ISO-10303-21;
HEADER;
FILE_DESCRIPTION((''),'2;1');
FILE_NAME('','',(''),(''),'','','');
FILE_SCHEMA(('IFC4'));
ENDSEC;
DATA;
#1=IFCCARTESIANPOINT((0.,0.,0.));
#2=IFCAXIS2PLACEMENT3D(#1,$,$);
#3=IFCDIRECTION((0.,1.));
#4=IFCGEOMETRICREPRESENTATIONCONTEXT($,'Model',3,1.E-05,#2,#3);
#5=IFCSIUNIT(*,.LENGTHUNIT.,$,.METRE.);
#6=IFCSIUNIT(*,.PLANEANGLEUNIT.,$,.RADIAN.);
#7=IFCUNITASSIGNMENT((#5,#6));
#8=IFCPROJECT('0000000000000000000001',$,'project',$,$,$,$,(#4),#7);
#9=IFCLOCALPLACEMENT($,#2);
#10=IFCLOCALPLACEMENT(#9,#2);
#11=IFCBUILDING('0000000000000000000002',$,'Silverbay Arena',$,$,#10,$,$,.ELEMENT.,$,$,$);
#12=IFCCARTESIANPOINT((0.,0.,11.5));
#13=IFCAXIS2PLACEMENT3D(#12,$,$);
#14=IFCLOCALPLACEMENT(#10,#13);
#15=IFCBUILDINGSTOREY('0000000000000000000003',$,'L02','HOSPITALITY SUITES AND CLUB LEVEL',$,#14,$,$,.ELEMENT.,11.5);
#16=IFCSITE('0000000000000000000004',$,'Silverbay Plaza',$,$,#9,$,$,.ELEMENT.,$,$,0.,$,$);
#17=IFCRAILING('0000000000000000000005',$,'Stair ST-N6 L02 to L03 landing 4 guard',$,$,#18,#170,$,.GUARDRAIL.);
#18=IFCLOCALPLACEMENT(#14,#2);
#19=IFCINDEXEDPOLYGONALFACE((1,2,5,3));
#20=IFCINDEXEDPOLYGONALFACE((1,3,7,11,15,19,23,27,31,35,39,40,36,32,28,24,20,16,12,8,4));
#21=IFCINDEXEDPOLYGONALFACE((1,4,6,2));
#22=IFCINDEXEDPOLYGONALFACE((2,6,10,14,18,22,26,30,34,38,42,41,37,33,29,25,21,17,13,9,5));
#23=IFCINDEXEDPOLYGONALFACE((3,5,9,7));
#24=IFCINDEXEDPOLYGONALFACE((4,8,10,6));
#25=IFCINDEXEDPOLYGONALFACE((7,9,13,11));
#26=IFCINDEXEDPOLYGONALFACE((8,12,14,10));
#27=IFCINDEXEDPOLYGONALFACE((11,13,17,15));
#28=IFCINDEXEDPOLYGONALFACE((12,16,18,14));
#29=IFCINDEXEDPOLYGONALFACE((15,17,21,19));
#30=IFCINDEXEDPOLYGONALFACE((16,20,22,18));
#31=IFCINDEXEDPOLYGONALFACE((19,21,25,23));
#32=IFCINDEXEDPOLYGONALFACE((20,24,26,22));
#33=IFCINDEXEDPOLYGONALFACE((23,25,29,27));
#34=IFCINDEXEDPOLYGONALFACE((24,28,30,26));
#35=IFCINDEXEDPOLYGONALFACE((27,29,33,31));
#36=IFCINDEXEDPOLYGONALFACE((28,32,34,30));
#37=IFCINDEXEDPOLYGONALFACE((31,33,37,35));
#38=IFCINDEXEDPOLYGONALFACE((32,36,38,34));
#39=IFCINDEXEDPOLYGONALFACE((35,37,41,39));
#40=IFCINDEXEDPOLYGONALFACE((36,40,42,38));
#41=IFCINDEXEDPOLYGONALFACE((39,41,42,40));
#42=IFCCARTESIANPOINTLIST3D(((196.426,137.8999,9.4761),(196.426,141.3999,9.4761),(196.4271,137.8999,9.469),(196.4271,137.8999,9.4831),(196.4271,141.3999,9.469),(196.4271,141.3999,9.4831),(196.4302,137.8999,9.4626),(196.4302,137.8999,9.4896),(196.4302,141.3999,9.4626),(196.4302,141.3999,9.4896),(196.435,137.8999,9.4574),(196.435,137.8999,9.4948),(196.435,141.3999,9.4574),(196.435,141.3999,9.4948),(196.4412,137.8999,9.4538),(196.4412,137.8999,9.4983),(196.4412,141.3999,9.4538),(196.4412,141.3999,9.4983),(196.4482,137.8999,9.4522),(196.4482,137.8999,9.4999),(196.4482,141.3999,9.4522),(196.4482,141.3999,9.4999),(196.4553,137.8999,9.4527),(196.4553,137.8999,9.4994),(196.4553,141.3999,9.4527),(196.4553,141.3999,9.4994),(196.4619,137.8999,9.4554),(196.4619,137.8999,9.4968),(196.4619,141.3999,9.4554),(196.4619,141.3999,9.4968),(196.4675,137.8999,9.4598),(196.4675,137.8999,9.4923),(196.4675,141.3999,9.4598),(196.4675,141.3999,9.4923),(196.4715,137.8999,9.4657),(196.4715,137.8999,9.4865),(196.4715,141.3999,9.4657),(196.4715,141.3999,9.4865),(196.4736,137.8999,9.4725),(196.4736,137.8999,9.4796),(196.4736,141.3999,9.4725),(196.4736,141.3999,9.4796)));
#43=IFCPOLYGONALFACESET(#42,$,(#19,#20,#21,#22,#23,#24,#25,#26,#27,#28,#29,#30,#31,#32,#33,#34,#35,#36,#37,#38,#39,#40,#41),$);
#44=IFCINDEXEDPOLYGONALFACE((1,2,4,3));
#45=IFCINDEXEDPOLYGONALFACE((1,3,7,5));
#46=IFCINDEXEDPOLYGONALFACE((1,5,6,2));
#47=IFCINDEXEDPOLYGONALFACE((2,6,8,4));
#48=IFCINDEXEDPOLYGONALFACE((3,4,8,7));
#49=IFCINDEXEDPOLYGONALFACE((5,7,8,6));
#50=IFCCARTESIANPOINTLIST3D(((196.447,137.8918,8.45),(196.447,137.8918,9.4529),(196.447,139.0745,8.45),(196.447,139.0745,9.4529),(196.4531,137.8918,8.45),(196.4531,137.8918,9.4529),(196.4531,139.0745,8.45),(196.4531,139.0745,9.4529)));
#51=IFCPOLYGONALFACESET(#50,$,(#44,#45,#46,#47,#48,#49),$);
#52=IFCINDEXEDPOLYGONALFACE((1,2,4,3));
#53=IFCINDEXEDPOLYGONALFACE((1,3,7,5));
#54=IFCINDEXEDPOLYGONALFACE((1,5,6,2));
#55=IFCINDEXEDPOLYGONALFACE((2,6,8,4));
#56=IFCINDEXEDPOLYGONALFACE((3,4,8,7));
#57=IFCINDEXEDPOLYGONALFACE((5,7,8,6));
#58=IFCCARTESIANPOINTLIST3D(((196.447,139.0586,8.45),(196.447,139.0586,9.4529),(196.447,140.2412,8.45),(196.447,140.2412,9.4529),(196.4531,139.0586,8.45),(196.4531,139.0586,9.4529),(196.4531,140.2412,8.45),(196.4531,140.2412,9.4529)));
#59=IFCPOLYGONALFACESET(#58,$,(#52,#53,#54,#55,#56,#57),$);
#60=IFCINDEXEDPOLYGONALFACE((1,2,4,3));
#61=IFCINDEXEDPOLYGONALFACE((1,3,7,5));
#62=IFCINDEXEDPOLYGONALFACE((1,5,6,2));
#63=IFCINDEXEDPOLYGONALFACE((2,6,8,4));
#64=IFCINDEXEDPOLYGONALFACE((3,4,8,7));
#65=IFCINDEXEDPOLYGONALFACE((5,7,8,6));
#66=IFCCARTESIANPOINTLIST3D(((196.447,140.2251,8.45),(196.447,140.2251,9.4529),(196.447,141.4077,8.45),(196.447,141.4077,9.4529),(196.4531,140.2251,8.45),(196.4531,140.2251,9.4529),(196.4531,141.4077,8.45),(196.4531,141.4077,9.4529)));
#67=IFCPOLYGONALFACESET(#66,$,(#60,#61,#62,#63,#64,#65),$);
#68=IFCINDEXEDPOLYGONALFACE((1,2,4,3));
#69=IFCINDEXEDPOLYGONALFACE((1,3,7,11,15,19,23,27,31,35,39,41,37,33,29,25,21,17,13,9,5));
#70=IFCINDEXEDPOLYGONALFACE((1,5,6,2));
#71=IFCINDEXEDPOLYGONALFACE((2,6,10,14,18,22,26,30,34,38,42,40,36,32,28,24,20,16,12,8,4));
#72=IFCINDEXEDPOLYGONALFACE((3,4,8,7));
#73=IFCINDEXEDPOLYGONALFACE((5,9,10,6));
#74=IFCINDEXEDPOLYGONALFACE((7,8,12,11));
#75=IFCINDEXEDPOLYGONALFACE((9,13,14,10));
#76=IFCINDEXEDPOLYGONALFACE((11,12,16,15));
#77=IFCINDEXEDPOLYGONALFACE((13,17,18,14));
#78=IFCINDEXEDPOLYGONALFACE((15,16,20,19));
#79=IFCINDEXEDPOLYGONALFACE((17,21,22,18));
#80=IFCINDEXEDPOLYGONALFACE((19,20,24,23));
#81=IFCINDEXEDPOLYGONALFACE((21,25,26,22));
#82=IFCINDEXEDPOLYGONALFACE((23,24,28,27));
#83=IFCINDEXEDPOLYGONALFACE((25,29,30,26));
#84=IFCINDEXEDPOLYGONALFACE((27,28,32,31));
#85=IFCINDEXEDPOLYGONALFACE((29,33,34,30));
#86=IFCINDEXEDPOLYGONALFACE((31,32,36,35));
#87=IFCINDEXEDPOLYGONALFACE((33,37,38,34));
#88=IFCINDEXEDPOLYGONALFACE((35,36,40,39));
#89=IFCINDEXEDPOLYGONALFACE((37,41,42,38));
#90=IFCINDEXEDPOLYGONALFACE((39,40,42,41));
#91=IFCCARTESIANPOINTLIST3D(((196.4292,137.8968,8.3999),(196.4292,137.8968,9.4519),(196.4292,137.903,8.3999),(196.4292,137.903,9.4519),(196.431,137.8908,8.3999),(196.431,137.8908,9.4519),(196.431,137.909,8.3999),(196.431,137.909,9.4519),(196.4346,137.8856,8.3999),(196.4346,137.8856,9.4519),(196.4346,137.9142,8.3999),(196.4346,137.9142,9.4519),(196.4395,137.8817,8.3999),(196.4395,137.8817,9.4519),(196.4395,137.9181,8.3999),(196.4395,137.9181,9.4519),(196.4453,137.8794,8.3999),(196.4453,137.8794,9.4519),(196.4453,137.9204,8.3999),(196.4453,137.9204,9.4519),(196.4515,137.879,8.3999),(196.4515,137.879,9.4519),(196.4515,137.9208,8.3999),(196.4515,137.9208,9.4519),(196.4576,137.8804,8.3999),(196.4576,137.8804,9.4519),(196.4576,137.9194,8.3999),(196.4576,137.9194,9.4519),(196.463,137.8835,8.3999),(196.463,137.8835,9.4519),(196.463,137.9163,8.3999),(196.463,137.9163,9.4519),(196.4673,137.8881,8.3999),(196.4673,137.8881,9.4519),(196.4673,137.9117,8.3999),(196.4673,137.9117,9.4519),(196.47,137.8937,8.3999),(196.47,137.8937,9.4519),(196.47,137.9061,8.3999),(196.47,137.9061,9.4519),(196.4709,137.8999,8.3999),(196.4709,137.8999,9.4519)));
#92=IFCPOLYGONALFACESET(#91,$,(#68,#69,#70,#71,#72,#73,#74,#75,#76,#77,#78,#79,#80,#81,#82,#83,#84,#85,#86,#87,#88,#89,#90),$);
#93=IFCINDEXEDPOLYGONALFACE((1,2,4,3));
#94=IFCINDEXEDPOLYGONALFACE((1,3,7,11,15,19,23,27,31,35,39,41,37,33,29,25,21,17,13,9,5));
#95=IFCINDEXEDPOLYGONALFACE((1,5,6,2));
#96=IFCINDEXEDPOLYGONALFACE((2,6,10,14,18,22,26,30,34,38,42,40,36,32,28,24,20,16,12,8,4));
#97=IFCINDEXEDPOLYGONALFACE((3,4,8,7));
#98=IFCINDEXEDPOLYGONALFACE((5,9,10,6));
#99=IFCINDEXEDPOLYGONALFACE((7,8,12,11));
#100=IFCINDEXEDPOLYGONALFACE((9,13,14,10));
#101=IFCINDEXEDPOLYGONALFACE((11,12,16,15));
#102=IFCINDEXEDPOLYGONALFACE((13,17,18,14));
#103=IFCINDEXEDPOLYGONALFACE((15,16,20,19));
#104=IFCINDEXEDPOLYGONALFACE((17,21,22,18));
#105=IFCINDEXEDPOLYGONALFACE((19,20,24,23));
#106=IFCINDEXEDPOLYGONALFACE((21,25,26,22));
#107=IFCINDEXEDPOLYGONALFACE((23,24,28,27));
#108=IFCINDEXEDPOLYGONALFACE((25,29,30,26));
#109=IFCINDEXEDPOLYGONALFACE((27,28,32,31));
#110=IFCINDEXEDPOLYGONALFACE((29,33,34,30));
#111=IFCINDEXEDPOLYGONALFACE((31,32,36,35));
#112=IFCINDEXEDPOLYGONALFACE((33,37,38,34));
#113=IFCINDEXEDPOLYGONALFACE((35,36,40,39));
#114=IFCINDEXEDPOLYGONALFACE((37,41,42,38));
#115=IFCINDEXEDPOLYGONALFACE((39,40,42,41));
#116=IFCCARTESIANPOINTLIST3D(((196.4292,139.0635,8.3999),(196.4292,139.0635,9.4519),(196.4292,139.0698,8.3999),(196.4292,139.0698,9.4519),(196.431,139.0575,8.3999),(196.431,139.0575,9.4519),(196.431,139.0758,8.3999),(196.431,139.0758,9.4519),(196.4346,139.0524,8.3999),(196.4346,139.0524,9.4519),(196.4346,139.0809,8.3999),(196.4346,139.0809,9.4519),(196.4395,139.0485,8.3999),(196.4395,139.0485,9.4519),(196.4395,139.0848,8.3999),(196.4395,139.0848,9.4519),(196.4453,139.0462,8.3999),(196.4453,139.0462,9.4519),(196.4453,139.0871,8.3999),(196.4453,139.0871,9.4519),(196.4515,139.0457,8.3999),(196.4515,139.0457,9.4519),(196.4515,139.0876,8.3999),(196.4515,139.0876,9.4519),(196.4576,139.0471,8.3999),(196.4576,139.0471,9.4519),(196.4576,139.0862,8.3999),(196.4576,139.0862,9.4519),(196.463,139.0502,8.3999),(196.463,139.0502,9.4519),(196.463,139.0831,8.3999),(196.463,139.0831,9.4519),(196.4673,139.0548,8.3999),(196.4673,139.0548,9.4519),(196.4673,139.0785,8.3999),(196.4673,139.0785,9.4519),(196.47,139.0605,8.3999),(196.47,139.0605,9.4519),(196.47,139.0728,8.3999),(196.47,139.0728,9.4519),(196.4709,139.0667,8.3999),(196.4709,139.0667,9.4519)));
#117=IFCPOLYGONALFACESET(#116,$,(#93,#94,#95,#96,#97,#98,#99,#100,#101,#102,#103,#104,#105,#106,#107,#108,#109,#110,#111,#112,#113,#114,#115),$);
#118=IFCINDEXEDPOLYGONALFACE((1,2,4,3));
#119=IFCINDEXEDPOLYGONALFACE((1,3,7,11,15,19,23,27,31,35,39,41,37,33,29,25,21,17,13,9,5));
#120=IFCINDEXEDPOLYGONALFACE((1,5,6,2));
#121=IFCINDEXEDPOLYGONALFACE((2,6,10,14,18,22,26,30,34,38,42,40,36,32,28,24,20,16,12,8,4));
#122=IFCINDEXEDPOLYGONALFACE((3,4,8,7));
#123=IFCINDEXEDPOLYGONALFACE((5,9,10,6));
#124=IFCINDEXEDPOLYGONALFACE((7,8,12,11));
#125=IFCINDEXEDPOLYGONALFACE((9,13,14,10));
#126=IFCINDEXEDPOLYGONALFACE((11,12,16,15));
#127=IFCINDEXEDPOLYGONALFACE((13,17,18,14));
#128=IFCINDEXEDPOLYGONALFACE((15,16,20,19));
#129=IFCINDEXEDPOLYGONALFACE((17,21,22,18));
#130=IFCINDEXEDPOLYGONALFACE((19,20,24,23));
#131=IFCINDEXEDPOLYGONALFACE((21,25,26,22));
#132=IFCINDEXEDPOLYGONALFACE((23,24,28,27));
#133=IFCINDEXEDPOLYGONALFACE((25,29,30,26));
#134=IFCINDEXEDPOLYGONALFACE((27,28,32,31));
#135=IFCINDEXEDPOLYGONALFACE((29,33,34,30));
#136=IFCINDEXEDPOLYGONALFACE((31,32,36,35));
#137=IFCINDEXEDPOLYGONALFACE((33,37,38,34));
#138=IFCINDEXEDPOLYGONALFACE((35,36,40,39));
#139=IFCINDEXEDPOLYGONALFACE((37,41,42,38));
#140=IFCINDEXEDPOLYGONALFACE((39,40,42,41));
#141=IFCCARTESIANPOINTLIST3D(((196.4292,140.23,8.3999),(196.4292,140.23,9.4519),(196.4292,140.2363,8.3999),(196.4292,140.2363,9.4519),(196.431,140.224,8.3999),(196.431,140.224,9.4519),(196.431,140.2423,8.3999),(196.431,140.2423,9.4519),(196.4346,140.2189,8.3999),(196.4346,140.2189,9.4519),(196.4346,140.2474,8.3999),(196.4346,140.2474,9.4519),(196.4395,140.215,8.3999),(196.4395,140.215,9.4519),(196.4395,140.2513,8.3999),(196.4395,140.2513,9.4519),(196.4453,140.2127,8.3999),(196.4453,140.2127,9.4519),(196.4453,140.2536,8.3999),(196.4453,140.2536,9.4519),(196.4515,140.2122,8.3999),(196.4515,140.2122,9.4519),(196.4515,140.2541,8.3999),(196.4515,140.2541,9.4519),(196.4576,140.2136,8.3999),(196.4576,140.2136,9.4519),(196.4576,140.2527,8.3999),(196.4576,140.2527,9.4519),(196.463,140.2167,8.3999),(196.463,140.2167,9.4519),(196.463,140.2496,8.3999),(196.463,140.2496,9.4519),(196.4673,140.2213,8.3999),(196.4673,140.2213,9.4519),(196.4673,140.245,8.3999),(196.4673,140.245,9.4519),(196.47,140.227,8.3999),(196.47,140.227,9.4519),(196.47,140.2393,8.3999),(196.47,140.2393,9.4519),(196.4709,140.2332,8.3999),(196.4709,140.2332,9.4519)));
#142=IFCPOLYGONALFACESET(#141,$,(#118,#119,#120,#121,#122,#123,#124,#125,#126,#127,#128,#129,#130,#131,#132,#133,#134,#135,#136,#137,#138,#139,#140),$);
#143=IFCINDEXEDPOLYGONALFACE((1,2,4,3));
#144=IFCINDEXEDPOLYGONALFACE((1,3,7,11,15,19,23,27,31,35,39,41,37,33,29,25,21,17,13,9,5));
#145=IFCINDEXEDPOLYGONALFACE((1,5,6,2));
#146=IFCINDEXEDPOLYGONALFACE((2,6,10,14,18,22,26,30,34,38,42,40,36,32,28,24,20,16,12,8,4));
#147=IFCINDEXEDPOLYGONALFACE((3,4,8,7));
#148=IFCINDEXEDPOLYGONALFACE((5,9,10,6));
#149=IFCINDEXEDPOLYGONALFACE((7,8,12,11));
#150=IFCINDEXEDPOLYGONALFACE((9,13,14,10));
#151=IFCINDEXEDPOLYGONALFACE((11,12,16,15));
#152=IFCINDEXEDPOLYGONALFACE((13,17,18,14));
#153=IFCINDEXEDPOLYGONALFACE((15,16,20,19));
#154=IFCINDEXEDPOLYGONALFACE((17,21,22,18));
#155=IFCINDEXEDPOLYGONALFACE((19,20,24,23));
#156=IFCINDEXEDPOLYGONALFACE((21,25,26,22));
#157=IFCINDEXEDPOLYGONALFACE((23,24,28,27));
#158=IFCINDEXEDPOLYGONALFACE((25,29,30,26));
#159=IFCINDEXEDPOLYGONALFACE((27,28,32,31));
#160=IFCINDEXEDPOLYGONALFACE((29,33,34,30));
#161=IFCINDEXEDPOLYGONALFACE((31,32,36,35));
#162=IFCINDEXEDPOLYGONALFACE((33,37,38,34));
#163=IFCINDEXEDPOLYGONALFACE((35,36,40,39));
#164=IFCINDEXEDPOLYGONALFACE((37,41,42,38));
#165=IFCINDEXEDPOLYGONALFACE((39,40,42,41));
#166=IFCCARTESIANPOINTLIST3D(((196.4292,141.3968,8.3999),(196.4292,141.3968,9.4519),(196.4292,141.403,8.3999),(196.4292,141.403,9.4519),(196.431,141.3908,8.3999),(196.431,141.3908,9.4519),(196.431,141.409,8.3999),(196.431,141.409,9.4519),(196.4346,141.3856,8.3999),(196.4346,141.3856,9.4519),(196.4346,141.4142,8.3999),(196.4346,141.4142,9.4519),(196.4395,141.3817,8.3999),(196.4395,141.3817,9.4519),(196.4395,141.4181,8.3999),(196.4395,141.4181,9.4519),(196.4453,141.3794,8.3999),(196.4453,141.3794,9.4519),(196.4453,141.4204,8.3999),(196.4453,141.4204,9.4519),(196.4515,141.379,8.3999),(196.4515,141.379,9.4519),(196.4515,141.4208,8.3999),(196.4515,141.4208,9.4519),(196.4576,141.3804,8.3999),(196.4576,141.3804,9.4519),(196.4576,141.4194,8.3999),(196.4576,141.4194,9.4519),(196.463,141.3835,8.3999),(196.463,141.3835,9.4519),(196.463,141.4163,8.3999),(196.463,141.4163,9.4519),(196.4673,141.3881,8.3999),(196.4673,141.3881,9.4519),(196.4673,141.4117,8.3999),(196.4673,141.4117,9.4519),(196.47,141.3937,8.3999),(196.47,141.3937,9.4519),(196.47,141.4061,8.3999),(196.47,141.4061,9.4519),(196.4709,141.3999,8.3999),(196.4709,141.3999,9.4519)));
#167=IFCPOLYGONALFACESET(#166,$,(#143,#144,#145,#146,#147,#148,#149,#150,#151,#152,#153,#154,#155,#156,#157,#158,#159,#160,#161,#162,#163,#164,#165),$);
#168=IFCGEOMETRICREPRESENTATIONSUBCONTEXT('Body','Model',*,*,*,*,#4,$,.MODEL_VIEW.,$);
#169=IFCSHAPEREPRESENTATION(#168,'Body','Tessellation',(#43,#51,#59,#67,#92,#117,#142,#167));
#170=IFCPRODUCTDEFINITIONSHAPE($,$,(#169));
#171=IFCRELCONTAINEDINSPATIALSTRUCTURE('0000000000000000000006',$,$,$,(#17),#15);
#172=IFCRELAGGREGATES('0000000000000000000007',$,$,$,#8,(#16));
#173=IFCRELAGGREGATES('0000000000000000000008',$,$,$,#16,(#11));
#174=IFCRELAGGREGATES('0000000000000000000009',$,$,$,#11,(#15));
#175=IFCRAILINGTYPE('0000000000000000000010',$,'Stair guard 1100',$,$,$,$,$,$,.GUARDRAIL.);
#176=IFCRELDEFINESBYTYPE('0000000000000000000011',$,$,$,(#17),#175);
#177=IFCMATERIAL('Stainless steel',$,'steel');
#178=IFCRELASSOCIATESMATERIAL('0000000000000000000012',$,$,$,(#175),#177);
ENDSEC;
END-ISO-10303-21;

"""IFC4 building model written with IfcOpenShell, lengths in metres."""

from ifc_helpers import new_model, si_unit, direction, frame, origin, origin_2d, place, context, subcontext, project, spatial, polyline, circle, outline, extrude, material, type_object, element, save


model = new_model("IFC4")

# Units and contexts
model_context = context("Model", 3, precision=1e-05, world=origin(), true_north=direction((0.0, 1.0)))
body_context = subcontext(model_context, "Body", "Model", "MODEL_VIEW")
ifc_project = project(units=[si_unit("LENGTHUNIT", "METRE"), si_unit("PLANEANGLEUNIT", "RADIAN")], contexts=[model_context])

# Site, building, storey
site_placement = place(None, origin())
site = spatial("IfcSite", under=ifc_project, at=site_placement, Name="Silverbay Plaza", CompositionType="ELEMENT", RefElevation=0.0)
building_placement = place(site_placement, origin())
building = spatial("IfcBuilding", under=site, at=building_placement, Name="Silverbay Arena", CompositionType="ELEMENT")
storey_placement = place(building_placement, frame((0.0, 0.0, 11.5)))
storey = spatial("IfcBuildingStorey", under=building, at=storey_placement, Name="L02", Description="HOSPITALITY SUITES AND CLUB LEVEL", CompositionType="ELEMENT", Elevation=11.5)

# Railing
ifc_material_1 = material(Name="Stainless steel", Category="steel")
railing_type_1 = type_object("IfcRailingType", Name="Stair guard 1100", PredefinedType="GUARDRAIL", material=ifc_material_1)
for number, where, name in (
    (1, (196.45, 137.8999, 8.3999), "Stair ST-N6 L02 to L03 landing 4 guard"),
):
    element("IfcRailing", number, at=place(storey_placement, frame(where)), inside=storey, type_object=railing_type_1, Name=name, PredefinedType="GUARDRAIL", context=body_context, shape_type="SweptSolid", body=[
        extrude(circle(Radius=0.0239, at=origin_2d()), frame((0.0, 0.0, 1.0762), z_axis=(0.0, 1.0, 0.0), x_axis=(-1.0, 0.0, 0.0)), (0.0, 0.0, 1.0), 3.5),
        extrude(outline(polyline([(-0.0081, 0.05), (1.1746, 0.05), (1.1746, 1.053), (-0.0081, 1.053), (-0.0081, 0.05)])), frame((-0.0029, 0.0, 0.0), z_axis=(1.0, 0.0, 0.0), x_axis=(0.0, 1.0, 0.0)), (0.0, 0.0, 1.0), 0.0061),
        extrude(outline(polyline([(-0.0081, 0.05), (1.1746, 0.05), (1.1746, 1.053), (-0.0081, 1.053), (-0.0081, 0.05)])), frame((-0.0029, 1.1667, 0.0), z_axis=(1.0, 0.0, 0.0), x_axis=(0.0, 1.0, 0.0)), (0.0, 0.0, 1.0), 0.0061),
        extrude(outline(polyline([(-0.0081, 0.05), (1.1746, 0.05), (1.1746, 1.053), (-0.0081, 1.053), (-0.0081, 0.05)])), frame((-0.0029, 2.3333, 0.0), z_axis=(1.0, 0.0, 0.0), x_axis=(0.0, 1.0, 0.0)), (0.0, 0.0, 1.0), 0.0061),
        extrude(circle(Radius=0.021, at=origin_2d()), origin(), (0.0, 0.0, 1.0), 1.052),
        extrude(circle(Radius=0.021, at=origin_2d()), frame((0.0, 1.1667, 0.0)), (0.0, 0.0, 1.0), 1.052),
        extrude(circle(Radius=0.021, at=origin_2d()), frame((0.0, 2.3333, 0.0)), (0.0, 0.0, 1.0), 1.052),
        extrude(circle(Radius=0.021, at=origin_2d()), frame((0.0, 3.5, 0.0)), (0.0, 0.0, 1.0), 1.052),
    ])

save(model, "model.ifc")
